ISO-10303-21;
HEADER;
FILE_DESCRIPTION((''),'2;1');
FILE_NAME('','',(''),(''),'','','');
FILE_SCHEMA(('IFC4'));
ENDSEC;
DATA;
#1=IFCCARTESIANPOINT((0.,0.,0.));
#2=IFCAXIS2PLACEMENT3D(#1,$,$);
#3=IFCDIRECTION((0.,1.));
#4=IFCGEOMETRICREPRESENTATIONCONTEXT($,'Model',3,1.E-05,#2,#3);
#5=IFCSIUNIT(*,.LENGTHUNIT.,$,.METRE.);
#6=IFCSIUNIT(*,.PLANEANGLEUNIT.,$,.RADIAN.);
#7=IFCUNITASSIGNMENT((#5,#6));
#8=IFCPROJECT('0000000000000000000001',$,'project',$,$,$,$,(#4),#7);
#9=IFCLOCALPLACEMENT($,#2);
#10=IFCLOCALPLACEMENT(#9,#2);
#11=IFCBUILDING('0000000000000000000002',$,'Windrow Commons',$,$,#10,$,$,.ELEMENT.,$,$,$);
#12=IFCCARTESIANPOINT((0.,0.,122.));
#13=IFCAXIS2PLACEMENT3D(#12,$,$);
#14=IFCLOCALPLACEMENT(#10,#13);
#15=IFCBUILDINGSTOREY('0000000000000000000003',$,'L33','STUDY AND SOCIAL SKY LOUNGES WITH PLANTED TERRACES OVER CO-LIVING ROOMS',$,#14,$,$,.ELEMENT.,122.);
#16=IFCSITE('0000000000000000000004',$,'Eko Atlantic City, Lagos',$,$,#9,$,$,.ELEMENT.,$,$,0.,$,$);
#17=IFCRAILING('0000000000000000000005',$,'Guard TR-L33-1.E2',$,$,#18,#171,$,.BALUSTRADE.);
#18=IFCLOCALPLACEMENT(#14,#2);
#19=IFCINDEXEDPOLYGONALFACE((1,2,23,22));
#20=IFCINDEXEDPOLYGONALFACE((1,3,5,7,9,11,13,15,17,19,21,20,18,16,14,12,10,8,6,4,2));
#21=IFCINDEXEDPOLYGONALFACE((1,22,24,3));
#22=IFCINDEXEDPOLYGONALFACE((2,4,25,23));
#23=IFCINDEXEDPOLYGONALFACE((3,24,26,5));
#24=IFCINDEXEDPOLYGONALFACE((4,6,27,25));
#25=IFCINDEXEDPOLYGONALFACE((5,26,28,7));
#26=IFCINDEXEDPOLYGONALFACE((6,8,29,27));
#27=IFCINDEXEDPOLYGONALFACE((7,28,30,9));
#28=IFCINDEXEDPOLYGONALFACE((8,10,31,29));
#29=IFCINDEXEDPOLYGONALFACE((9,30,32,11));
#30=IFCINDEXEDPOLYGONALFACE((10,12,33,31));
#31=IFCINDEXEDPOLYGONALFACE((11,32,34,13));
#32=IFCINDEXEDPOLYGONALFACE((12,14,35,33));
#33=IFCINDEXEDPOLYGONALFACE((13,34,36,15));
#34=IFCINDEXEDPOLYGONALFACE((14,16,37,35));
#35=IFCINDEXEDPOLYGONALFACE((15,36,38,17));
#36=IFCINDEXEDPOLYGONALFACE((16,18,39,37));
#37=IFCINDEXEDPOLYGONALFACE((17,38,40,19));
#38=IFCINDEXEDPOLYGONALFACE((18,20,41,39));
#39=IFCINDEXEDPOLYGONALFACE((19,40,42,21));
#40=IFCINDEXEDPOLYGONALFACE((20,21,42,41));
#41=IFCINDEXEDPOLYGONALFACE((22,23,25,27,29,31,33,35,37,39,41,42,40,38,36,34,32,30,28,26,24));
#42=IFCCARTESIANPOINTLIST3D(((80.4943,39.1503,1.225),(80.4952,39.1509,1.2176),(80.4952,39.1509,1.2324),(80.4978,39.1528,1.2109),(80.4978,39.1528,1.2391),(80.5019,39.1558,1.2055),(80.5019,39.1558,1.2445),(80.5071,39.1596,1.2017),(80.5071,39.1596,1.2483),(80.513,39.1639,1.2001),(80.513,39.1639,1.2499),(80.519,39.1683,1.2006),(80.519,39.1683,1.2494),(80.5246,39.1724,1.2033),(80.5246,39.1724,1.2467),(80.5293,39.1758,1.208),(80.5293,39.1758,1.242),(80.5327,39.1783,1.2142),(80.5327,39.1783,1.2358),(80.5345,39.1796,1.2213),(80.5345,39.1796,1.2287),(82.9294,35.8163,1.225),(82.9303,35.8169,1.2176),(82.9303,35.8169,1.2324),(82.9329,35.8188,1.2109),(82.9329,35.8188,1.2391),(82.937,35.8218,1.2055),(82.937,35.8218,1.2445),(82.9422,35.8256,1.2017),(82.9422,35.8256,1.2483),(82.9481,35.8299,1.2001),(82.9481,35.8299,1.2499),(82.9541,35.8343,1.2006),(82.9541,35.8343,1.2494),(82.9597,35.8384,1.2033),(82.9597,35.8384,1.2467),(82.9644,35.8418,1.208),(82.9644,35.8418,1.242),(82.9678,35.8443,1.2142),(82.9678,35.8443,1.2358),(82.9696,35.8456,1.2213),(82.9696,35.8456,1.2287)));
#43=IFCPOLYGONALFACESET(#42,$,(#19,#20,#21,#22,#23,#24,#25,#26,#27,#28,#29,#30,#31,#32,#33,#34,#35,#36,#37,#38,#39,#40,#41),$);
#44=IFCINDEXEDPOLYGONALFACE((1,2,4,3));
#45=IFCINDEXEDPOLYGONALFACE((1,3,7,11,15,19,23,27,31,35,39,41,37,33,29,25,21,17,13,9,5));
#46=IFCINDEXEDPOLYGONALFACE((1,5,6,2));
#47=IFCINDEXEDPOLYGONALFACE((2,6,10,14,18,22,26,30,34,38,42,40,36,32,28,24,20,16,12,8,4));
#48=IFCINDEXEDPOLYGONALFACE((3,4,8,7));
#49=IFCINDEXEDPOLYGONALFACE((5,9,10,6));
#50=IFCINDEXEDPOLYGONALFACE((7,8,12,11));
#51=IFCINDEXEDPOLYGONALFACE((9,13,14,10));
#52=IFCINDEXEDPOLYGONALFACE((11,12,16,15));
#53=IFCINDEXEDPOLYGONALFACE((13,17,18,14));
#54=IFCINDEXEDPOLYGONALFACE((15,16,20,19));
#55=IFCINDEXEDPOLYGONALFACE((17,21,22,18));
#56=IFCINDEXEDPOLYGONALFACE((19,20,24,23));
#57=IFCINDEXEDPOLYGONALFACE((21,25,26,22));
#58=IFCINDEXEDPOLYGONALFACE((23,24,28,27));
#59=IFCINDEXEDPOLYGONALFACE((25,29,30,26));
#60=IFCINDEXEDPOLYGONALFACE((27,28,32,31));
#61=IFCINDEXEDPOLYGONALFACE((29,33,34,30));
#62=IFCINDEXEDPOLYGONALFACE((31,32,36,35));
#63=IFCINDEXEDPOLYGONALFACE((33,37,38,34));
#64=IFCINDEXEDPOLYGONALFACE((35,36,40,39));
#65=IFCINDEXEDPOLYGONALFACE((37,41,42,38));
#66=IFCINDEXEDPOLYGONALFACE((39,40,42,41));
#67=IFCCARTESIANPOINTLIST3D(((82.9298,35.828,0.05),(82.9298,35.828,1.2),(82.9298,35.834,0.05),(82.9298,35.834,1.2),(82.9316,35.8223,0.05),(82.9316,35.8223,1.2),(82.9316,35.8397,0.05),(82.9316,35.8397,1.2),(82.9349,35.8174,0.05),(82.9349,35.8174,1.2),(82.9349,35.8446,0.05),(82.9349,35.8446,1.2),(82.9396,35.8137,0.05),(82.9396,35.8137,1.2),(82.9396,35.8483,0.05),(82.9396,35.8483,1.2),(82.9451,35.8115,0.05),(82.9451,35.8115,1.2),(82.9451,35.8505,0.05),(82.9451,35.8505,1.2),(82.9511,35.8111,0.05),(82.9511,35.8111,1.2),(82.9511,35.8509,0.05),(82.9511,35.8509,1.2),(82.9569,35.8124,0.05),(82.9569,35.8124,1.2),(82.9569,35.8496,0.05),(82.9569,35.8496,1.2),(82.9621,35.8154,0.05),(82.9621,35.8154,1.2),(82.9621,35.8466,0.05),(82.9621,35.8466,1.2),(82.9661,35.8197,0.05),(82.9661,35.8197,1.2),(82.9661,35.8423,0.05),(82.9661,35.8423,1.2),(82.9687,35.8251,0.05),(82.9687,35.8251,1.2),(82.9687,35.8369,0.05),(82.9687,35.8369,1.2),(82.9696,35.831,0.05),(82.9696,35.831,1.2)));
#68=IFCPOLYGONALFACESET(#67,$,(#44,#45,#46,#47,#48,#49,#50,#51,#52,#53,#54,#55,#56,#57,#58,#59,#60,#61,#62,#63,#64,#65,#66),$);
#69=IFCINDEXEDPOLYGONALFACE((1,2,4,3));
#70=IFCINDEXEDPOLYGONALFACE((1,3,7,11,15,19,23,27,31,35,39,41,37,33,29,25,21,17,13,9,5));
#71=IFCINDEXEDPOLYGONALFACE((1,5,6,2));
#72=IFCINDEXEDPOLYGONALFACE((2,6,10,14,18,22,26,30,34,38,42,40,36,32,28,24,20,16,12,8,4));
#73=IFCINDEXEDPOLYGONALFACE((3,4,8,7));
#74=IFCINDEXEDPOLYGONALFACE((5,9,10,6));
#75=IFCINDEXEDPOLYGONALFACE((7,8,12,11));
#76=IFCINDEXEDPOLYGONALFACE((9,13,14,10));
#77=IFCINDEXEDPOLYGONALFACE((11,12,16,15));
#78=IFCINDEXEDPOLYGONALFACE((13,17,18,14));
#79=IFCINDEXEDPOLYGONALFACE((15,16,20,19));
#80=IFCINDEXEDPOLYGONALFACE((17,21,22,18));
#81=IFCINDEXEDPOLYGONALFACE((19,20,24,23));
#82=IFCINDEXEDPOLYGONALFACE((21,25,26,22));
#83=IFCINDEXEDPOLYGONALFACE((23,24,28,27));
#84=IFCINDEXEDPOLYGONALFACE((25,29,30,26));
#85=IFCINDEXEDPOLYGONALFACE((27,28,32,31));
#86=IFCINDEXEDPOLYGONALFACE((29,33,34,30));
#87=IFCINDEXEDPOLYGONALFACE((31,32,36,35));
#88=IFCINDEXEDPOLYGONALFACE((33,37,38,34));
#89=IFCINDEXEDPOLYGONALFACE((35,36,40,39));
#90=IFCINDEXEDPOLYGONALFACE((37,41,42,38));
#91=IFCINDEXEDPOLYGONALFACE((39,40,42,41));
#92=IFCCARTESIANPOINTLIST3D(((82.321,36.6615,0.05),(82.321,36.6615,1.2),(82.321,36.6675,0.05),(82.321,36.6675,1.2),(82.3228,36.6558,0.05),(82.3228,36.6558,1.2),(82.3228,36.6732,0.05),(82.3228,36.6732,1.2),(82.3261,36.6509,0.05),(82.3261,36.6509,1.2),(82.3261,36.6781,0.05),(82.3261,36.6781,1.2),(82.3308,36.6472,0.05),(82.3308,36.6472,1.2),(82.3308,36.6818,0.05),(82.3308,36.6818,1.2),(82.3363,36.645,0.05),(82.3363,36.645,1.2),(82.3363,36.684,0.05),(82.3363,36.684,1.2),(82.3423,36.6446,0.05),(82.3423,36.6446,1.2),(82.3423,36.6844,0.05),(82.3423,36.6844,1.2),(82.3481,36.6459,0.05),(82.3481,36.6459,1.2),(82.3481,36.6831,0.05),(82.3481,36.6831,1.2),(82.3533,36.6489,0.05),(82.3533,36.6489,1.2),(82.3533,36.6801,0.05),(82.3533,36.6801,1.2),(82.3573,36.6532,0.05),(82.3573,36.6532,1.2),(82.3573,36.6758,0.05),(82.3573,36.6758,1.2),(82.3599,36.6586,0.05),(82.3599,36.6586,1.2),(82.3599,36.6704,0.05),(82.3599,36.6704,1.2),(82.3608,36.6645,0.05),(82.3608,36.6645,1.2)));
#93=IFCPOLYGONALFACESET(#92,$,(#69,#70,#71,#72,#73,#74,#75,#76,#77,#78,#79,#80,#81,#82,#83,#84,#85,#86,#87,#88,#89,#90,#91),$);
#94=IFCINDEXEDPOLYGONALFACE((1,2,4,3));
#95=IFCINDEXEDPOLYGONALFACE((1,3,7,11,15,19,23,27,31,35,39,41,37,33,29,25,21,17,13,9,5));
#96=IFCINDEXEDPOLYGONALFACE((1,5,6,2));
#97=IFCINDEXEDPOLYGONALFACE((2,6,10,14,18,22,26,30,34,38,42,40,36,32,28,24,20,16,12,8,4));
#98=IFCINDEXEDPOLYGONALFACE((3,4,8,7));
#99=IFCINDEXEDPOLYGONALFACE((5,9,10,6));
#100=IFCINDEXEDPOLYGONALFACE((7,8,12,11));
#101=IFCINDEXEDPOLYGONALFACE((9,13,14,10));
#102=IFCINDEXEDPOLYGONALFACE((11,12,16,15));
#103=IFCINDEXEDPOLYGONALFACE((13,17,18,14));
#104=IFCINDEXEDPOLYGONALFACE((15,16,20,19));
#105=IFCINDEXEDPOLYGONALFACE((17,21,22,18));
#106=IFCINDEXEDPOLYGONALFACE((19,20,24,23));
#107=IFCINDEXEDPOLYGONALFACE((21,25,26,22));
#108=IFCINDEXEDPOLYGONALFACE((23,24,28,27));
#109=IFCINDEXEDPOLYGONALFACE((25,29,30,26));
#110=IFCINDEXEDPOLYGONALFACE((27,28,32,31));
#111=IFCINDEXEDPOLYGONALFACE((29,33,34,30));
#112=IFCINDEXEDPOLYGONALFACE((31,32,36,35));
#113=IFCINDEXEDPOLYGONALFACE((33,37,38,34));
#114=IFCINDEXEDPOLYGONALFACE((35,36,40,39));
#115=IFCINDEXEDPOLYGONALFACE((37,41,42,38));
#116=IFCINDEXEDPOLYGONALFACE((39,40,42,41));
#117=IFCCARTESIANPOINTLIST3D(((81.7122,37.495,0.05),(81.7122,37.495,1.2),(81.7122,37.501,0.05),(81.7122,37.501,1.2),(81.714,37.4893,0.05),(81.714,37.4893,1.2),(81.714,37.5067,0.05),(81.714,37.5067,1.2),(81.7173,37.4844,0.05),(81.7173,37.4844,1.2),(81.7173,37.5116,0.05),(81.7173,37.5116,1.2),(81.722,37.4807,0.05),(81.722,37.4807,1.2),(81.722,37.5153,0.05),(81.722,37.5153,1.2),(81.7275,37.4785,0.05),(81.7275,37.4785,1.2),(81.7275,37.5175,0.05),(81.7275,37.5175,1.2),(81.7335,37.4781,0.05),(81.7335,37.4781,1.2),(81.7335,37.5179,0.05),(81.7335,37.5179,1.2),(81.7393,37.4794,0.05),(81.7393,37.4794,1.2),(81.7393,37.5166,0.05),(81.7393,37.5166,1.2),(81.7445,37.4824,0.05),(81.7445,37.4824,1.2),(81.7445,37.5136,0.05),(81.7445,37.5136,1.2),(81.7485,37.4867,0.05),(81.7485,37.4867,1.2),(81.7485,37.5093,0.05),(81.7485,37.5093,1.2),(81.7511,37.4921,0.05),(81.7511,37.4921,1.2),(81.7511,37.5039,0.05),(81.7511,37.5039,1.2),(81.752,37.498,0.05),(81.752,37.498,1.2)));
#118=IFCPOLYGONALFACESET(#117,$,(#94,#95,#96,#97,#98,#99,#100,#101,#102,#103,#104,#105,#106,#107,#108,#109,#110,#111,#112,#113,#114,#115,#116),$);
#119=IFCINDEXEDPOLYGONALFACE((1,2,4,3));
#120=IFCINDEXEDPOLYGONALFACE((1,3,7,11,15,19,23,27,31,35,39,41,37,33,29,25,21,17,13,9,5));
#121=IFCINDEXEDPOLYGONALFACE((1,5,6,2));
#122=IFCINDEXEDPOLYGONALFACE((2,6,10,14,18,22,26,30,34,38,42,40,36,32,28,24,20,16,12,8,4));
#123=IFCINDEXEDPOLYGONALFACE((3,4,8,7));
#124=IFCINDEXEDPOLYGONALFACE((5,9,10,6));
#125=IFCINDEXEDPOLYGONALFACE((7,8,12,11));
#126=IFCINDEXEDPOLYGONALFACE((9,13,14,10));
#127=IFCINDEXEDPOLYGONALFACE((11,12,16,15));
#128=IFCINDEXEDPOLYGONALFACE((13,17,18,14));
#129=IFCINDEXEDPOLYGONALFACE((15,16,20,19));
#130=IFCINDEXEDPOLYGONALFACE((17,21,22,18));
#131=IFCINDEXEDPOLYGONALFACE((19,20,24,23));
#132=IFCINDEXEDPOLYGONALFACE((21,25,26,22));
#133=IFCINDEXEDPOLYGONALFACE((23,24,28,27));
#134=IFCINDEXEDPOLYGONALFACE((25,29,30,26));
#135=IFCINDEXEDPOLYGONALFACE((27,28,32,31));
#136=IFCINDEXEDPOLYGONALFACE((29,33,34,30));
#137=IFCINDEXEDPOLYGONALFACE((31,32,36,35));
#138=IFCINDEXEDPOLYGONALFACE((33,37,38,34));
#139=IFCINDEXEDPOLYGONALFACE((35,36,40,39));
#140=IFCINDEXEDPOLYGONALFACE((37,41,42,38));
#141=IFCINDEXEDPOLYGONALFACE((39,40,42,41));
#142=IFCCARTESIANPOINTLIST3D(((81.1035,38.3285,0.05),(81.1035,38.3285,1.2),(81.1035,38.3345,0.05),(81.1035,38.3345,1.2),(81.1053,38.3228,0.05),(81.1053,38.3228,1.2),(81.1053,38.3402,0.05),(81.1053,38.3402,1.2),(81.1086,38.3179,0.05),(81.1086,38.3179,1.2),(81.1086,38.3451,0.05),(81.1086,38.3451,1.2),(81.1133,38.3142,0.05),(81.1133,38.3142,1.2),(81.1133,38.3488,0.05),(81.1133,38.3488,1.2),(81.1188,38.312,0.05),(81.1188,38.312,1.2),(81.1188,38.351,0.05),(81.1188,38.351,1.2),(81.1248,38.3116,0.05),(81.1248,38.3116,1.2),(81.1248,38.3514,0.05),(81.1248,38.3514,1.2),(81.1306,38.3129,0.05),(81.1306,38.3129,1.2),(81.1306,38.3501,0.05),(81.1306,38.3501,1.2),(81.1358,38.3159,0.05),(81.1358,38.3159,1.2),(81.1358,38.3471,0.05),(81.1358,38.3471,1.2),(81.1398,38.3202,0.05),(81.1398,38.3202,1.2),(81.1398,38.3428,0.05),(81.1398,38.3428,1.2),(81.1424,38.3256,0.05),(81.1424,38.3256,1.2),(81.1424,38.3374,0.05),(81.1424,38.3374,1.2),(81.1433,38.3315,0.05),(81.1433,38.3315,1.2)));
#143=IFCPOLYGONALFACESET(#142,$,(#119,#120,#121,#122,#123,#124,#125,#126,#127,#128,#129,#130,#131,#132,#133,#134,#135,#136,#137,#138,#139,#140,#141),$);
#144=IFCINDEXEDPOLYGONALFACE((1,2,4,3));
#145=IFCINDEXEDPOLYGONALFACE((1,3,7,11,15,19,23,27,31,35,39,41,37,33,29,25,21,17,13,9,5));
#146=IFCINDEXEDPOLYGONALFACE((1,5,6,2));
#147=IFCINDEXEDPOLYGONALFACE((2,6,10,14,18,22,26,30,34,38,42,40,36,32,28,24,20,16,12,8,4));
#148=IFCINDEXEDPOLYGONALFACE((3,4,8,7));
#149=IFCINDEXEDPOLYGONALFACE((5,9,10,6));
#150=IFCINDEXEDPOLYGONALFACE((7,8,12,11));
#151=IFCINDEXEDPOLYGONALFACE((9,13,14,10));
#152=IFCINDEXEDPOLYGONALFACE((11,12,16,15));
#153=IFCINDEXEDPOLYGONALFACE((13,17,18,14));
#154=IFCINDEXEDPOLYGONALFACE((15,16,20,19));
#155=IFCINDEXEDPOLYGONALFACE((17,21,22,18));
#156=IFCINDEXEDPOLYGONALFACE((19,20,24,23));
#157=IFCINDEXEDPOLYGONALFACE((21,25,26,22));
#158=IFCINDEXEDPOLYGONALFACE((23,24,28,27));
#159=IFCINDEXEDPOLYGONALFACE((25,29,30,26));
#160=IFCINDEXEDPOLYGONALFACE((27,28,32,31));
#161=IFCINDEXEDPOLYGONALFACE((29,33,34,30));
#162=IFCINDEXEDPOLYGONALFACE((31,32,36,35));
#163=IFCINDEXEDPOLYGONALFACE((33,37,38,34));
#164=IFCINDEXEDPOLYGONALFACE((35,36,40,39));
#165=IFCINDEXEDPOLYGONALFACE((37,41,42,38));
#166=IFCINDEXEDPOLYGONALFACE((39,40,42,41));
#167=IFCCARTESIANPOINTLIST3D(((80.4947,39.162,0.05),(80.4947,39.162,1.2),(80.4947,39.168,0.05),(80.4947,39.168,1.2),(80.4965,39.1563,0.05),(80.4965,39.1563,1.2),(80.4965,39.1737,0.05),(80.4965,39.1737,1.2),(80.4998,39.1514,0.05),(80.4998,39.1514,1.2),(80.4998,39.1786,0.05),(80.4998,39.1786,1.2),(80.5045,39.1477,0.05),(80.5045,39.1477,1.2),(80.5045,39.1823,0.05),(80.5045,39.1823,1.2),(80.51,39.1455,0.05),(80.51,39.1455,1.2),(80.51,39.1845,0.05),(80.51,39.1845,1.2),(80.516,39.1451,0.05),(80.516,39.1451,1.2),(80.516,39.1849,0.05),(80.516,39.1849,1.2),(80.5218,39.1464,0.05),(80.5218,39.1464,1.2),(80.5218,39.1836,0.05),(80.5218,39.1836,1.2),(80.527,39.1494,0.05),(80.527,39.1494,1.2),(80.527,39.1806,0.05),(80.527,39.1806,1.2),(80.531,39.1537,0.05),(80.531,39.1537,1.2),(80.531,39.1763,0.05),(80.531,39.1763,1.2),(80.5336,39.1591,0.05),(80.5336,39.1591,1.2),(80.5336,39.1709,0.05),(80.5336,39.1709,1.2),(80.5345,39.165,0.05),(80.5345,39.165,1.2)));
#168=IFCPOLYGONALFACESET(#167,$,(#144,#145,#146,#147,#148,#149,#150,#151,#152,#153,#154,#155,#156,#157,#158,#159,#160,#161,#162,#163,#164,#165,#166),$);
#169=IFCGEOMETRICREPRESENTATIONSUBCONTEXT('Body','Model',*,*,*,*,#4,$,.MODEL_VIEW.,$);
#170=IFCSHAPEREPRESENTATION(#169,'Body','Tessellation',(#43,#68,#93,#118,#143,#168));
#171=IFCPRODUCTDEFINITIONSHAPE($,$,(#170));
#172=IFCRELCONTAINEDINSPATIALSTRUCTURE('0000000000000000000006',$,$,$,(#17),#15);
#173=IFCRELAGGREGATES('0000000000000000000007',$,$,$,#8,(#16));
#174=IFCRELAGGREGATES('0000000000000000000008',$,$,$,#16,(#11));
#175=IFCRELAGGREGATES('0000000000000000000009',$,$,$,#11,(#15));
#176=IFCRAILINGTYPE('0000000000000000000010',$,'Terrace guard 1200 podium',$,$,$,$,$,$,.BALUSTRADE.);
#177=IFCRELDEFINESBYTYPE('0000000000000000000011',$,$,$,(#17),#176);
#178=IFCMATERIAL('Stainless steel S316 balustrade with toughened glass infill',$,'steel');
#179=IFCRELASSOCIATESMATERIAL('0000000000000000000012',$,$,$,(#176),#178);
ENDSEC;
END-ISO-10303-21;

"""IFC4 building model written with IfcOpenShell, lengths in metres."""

from ifc_helpers import new_model, si_unit, direction, frame, origin, origin_2d, place, context, subcontext, project, spatial, circle, extrude, material, type_object, element, save


model = new_model("IFC4")

# Units and contexts
model_context = context("Model", 3, precision=1e-05, world=origin(), true_north=direction((0.0, 1.0)))
body_context = subcontext(model_context, "Body", "Model", "MODEL_VIEW")
ifc_project = project(units=[si_unit("LENGTHUNIT", "METRE"), si_unit("PLANEANGLEUNIT", "RADIAN")], contexts=[model_context])

# Site, building, storey
site_placement = place(None, origin())
site = spatial("IfcSite", under=ifc_project, at=site_placement, Name="Eko Atlantic City, Lagos", CompositionType="ELEMENT", RefElevation=0.0)
building_placement = place(site_placement, origin())
building = spatial("IfcBuilding", under=site, at=building_placement, Name="Windrow Commons", CompositionType="ELEMENT")
storey_placement = place(building_placement, frame((0.0, 0.0, 122.0)))
storey = spatial("IfcBuildingStorey", under=building, at=storey_placement, Name="L33", Description="STUDY AND SOCIAL SKY LOUNGES WITH PLANTED TERRACES OVER CO-LIVING ROOMS", CompositionType="ELEMENT", Elevation=122.0)

# Railing
ifc_material_1 = material(Name="Stainless steel S316 balustrade with toughened glass infill", Category="steel")
railing_type = type_object("IfcRailingType", Name="Terrace guard 1200 podium", PredefinedType="BALUSTRADE", material=ifc_material_1)
railing_1_placement = place(storey_placement, frame((82.9496, 35.831, 0.05)))
element("IfcRailing", 1, at=railing_1_placement, inside=storey, type_object=railing_type, Name="Guard TR-L33-1.E2", PredefinedType="BALUSTRADE", context=body_context, shape_type="SweptSolid", body=[
    extrude(circle(Radius=0.025, at=origin_2d()), frame((0.0, 0.0, 1.175), z_axis=(-0.589814, 0.807539, 0.0), x_axis=(-0.807539, -0.589814, 0.0)), (0.0, 0.0, 1.0), 4.1286),
    extrude(circle(Radius=0.02, at=origin_2d()), origin(), (0.0, 0.0, 1.0), 1.15),
    extrude(circle(Radius=0.02, at=origin_2d()), frame((-0.6088, 0.8335, 0.0)), (0.0, 0.0, 1.0), 1.15),
    extrude(circle(Radius=0.02, at=origin_2d()), frame((-1.2176, 1.667, 0.0)), (0.0, 0.0, 1.0), 1.15),
    extrude(circle(Radius=0.02, at=origin_2d()), frame((-1.8263, 2.5005, 0.0)), (0.0, 0.0, 1.0), 1.15),
    extrude(circle(Radius=0.02, at=origin_2d()), frame((-2.4351, 3.334, 0.0)), (0.0, 0.0, 1.0), 1.15),
])

save(model, "model.ifc")
